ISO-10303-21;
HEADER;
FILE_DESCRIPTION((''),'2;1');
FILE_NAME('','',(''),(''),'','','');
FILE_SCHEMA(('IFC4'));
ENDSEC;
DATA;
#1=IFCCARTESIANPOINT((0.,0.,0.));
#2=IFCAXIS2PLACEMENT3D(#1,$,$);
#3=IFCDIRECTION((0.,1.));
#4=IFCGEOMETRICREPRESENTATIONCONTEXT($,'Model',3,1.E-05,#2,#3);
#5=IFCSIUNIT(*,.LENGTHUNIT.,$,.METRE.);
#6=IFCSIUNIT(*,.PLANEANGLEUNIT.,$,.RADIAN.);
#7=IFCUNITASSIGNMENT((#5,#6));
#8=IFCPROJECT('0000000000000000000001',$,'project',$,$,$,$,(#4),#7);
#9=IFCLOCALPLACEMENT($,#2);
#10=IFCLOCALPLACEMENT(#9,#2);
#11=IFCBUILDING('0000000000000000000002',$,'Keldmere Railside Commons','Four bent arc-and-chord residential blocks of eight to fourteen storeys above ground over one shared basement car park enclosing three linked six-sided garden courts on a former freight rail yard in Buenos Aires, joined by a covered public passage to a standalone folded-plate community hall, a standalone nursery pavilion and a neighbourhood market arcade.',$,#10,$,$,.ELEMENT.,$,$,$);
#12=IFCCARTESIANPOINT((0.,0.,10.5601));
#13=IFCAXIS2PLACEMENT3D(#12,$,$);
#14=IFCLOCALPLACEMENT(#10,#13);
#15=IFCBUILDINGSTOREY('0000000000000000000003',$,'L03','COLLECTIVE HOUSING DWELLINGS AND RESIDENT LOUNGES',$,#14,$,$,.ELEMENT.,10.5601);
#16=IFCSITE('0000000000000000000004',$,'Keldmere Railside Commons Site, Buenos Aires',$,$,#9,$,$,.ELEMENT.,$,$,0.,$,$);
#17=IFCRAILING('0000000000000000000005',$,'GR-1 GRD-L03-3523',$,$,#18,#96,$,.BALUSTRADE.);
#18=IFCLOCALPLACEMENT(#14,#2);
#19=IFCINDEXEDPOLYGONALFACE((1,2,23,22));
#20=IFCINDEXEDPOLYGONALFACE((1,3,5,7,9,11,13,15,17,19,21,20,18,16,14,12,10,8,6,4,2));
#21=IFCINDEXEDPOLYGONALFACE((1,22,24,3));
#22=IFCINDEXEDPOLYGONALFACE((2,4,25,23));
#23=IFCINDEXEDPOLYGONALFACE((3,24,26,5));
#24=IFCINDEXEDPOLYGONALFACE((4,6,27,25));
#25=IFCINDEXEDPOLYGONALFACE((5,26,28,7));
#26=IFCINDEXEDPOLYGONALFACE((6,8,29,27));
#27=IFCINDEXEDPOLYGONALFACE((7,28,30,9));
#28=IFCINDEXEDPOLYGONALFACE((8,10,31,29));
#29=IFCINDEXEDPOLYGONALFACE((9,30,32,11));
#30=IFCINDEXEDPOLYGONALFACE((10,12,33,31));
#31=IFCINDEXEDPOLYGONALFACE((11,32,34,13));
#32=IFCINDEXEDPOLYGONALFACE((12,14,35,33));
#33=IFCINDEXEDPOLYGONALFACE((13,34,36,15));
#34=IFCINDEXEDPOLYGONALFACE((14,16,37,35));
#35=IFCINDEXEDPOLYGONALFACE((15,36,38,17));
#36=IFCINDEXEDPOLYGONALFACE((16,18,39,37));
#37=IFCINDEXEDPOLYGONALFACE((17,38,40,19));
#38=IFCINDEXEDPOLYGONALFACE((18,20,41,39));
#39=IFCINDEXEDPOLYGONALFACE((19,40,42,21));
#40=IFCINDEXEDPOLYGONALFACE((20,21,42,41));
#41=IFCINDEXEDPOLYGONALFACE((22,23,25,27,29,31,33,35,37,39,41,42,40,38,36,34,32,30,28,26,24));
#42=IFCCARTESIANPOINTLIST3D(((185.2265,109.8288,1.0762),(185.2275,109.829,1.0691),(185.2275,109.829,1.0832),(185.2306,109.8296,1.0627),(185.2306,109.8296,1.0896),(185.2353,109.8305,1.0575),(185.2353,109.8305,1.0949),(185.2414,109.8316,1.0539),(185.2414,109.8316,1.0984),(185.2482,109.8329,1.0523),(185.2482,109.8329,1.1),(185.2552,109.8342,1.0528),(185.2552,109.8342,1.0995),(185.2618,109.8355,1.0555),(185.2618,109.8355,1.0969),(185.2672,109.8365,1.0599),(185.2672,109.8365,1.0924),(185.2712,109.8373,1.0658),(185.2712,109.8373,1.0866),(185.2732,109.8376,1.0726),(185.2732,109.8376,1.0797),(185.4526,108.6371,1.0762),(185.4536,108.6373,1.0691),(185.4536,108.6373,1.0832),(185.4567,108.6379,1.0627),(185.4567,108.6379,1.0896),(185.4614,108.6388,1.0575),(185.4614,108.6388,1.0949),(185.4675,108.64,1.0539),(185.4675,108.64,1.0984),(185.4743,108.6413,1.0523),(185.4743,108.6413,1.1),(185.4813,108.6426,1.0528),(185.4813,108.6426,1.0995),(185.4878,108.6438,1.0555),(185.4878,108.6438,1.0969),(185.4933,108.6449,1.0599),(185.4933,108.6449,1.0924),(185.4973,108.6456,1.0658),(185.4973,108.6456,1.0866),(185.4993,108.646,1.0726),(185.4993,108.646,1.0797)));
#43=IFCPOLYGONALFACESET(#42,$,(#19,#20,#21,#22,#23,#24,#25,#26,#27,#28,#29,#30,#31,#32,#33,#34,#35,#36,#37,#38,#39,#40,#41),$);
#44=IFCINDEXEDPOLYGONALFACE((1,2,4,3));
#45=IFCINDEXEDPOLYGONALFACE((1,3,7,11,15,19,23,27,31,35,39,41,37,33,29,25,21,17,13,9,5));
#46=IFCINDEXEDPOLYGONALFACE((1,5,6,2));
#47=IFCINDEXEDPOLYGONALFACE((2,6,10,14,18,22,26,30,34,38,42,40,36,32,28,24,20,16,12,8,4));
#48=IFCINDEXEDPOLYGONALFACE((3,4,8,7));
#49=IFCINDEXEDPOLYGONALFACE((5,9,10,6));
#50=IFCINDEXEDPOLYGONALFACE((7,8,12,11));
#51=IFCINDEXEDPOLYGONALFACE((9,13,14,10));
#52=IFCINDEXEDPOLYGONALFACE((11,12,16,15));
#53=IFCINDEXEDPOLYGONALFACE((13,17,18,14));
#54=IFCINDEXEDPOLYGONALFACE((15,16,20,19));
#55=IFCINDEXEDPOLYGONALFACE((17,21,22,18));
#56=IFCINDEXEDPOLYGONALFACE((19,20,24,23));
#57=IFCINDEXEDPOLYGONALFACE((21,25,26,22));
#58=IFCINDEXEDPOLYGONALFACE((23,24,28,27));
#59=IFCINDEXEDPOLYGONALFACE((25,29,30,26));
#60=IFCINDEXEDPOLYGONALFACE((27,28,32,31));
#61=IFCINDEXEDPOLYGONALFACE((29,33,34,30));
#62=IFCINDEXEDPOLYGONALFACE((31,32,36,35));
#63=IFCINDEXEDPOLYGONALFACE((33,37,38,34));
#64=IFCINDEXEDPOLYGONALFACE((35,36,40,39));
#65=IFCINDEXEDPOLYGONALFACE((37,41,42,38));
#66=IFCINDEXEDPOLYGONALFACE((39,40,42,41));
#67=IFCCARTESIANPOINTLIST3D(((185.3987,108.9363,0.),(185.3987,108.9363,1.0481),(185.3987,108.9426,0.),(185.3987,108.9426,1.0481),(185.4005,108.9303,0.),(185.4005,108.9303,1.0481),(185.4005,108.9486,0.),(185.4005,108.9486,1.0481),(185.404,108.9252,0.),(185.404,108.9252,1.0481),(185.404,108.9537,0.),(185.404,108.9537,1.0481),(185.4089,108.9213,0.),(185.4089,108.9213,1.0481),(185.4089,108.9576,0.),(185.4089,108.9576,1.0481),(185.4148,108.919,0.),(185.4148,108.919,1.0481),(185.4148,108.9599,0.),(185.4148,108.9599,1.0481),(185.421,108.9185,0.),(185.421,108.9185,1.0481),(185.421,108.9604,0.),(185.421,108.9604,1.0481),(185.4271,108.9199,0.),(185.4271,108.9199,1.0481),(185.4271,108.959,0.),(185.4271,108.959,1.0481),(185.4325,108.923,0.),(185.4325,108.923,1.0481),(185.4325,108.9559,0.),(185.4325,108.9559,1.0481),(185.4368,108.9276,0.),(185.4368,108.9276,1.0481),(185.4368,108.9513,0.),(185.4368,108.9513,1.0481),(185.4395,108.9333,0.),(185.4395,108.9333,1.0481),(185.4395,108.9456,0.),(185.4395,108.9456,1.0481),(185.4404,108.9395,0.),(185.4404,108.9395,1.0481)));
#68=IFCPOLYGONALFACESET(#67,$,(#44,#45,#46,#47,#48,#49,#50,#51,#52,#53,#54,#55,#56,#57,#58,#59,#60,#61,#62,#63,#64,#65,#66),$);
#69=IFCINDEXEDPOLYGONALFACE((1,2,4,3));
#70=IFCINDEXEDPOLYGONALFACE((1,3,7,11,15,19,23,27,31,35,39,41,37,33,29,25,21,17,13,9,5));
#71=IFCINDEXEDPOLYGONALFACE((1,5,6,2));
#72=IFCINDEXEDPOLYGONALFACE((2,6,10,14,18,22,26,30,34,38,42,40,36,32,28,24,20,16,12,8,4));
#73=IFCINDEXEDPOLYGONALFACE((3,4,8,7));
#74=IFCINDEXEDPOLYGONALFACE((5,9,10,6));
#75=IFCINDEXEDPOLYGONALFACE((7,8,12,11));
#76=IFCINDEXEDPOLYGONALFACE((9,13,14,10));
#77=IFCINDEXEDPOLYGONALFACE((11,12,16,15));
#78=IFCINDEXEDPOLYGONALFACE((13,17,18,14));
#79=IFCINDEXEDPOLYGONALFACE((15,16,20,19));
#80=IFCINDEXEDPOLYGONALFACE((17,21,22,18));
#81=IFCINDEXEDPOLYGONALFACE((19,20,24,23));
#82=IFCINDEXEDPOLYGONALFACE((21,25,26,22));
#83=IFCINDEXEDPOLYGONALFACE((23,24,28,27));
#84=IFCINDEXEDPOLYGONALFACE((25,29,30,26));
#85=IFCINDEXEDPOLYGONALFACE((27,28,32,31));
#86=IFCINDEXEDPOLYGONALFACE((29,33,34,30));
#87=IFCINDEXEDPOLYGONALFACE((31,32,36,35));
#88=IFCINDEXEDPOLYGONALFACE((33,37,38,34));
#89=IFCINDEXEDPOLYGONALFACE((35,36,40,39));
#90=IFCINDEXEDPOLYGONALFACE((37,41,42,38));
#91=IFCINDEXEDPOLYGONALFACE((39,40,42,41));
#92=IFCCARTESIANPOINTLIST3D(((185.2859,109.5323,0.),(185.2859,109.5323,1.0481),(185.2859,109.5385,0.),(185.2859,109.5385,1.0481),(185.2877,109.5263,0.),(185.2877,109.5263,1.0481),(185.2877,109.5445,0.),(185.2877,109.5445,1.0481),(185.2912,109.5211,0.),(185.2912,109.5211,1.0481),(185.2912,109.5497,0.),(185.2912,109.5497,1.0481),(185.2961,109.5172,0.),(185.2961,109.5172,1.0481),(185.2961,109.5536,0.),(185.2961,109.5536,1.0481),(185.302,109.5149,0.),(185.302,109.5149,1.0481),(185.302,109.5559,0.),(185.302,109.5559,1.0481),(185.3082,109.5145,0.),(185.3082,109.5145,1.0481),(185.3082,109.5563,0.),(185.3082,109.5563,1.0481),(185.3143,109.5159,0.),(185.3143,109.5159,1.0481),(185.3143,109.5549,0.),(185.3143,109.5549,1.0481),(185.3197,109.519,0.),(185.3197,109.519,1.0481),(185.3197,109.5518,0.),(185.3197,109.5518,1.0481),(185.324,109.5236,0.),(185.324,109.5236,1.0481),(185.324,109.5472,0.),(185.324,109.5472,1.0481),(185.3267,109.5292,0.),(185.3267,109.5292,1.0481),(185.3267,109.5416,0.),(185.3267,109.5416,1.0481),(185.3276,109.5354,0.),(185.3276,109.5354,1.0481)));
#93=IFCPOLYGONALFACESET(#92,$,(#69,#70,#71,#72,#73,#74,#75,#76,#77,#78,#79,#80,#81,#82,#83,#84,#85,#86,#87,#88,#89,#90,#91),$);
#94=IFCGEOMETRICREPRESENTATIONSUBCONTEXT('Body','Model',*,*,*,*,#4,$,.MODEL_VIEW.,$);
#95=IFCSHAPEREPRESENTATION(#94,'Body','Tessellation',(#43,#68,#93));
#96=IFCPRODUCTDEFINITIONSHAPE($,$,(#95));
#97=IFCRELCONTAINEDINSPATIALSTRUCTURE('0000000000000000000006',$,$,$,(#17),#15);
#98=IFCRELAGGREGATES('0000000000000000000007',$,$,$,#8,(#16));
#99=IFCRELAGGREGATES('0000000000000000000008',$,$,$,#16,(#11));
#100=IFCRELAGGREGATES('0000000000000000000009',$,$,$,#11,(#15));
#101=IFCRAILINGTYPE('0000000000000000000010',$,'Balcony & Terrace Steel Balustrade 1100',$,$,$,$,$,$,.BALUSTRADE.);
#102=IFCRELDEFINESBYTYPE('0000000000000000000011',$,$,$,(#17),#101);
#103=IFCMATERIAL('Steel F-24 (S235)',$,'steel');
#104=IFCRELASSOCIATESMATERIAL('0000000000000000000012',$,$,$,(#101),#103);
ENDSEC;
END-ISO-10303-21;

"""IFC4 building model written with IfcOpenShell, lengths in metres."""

from ifc_helpers import new_model, si_unit, direction, frame, origin, origin_2d, place, context, subcontext, project, spatial, circle, extrude, material, type_object, element, save


model = new_model("IFC4")

# Units and contexts
model_context = context("Model", 3, precision=1e-05, world=origin(), true_north=direction((0.0, 1.0)))
body_context = subcontext(model_context, "Body", "Model", "MODEL_VIEW")
ifc_project = project(units=[si_unit("LENGTHUNIT", "METRE"), si_unit("PLANEANGLEUNIT", "RADIAN")], contexts=[model_context])

# Site, building, storey
site_placement = place(None, origin())
site = spatial("IfcSite", under=ifc_project, at=site_placement, Name="Keldmere Railside Commons Site, Buenos Aires", CompositionType="ELEMENT", RefElevation=0.0)
building_placement = place(site_placement, origin())
building = spatial("IfcBuilding", under=site, at=building_placement, Name="Keldmere Railside Commons", Description="Four bent arc-and-chord residential blocks of eight to fourteen storeys above ground over one shared basement car park enclosing three linked six-sided garden courts on a former freight rail yard in Buenos Aires, joined by a covered public passage to a standalone folded-plate community hall, a standalone nursery pavilion and a neighbourhood market arcade.", CompositionType="ELEMENT")
storey_placement = place(building_placement, frame((0.0, 0.0, 10.5601)))
storey = spatial("IfcBuildingStorey", under=building, at=storey_placement, Name="L03", Description="COLLECTIVE HOUSING DWELLINGS AND RESIDENT LOUNGES", CompositionType="ELEMENT", Elevation=10.5601)

# Railing
ifc_material_1 = material(Name="Steel F-24 (S235)", Category="steel")
railing_type = type_object("IfcRailingType", Name="Balcony & Terrace Steel Balustrade 1100", PredefinedType="BALUSTRADE", material=ifc_material_1)
railing_1_placement = place(storey_placement, frame((185.4761, 108.6416, 0.0)))
element("IfcRailing", 1, at=railing_1_placement, inside=storey, type_object=railing_type, Name="GR-1 GRD-L03-3523", PredefinedType="BALUSTRADE", context=body_context, shape_type="SweptSolid", body=[
    extrude(circle(Radius=0.0239, at=origin_2d()), frame((0.0, 0.0, 1.0762), z_axis=(-0.186391, 0.982476, 0.0), x_axis=(-0.982476, -0.186391, 0.0)), (0.0, 0.0, 1.0), 1.2129),
    extrude(circle(Radius=0.021, at=origin_2d()), frame((-0.0566, 0.2979, 0.0)), (0.0, 0.0, 1.0), 1.0481),
    extrude(circle(Radius=0.021, at=origin_2d()), frame((-0.1694, 0.8938, 0.0)), (0.0, 0.0, 1.0), 1.0481),
])

save(model, "model.ifc")
